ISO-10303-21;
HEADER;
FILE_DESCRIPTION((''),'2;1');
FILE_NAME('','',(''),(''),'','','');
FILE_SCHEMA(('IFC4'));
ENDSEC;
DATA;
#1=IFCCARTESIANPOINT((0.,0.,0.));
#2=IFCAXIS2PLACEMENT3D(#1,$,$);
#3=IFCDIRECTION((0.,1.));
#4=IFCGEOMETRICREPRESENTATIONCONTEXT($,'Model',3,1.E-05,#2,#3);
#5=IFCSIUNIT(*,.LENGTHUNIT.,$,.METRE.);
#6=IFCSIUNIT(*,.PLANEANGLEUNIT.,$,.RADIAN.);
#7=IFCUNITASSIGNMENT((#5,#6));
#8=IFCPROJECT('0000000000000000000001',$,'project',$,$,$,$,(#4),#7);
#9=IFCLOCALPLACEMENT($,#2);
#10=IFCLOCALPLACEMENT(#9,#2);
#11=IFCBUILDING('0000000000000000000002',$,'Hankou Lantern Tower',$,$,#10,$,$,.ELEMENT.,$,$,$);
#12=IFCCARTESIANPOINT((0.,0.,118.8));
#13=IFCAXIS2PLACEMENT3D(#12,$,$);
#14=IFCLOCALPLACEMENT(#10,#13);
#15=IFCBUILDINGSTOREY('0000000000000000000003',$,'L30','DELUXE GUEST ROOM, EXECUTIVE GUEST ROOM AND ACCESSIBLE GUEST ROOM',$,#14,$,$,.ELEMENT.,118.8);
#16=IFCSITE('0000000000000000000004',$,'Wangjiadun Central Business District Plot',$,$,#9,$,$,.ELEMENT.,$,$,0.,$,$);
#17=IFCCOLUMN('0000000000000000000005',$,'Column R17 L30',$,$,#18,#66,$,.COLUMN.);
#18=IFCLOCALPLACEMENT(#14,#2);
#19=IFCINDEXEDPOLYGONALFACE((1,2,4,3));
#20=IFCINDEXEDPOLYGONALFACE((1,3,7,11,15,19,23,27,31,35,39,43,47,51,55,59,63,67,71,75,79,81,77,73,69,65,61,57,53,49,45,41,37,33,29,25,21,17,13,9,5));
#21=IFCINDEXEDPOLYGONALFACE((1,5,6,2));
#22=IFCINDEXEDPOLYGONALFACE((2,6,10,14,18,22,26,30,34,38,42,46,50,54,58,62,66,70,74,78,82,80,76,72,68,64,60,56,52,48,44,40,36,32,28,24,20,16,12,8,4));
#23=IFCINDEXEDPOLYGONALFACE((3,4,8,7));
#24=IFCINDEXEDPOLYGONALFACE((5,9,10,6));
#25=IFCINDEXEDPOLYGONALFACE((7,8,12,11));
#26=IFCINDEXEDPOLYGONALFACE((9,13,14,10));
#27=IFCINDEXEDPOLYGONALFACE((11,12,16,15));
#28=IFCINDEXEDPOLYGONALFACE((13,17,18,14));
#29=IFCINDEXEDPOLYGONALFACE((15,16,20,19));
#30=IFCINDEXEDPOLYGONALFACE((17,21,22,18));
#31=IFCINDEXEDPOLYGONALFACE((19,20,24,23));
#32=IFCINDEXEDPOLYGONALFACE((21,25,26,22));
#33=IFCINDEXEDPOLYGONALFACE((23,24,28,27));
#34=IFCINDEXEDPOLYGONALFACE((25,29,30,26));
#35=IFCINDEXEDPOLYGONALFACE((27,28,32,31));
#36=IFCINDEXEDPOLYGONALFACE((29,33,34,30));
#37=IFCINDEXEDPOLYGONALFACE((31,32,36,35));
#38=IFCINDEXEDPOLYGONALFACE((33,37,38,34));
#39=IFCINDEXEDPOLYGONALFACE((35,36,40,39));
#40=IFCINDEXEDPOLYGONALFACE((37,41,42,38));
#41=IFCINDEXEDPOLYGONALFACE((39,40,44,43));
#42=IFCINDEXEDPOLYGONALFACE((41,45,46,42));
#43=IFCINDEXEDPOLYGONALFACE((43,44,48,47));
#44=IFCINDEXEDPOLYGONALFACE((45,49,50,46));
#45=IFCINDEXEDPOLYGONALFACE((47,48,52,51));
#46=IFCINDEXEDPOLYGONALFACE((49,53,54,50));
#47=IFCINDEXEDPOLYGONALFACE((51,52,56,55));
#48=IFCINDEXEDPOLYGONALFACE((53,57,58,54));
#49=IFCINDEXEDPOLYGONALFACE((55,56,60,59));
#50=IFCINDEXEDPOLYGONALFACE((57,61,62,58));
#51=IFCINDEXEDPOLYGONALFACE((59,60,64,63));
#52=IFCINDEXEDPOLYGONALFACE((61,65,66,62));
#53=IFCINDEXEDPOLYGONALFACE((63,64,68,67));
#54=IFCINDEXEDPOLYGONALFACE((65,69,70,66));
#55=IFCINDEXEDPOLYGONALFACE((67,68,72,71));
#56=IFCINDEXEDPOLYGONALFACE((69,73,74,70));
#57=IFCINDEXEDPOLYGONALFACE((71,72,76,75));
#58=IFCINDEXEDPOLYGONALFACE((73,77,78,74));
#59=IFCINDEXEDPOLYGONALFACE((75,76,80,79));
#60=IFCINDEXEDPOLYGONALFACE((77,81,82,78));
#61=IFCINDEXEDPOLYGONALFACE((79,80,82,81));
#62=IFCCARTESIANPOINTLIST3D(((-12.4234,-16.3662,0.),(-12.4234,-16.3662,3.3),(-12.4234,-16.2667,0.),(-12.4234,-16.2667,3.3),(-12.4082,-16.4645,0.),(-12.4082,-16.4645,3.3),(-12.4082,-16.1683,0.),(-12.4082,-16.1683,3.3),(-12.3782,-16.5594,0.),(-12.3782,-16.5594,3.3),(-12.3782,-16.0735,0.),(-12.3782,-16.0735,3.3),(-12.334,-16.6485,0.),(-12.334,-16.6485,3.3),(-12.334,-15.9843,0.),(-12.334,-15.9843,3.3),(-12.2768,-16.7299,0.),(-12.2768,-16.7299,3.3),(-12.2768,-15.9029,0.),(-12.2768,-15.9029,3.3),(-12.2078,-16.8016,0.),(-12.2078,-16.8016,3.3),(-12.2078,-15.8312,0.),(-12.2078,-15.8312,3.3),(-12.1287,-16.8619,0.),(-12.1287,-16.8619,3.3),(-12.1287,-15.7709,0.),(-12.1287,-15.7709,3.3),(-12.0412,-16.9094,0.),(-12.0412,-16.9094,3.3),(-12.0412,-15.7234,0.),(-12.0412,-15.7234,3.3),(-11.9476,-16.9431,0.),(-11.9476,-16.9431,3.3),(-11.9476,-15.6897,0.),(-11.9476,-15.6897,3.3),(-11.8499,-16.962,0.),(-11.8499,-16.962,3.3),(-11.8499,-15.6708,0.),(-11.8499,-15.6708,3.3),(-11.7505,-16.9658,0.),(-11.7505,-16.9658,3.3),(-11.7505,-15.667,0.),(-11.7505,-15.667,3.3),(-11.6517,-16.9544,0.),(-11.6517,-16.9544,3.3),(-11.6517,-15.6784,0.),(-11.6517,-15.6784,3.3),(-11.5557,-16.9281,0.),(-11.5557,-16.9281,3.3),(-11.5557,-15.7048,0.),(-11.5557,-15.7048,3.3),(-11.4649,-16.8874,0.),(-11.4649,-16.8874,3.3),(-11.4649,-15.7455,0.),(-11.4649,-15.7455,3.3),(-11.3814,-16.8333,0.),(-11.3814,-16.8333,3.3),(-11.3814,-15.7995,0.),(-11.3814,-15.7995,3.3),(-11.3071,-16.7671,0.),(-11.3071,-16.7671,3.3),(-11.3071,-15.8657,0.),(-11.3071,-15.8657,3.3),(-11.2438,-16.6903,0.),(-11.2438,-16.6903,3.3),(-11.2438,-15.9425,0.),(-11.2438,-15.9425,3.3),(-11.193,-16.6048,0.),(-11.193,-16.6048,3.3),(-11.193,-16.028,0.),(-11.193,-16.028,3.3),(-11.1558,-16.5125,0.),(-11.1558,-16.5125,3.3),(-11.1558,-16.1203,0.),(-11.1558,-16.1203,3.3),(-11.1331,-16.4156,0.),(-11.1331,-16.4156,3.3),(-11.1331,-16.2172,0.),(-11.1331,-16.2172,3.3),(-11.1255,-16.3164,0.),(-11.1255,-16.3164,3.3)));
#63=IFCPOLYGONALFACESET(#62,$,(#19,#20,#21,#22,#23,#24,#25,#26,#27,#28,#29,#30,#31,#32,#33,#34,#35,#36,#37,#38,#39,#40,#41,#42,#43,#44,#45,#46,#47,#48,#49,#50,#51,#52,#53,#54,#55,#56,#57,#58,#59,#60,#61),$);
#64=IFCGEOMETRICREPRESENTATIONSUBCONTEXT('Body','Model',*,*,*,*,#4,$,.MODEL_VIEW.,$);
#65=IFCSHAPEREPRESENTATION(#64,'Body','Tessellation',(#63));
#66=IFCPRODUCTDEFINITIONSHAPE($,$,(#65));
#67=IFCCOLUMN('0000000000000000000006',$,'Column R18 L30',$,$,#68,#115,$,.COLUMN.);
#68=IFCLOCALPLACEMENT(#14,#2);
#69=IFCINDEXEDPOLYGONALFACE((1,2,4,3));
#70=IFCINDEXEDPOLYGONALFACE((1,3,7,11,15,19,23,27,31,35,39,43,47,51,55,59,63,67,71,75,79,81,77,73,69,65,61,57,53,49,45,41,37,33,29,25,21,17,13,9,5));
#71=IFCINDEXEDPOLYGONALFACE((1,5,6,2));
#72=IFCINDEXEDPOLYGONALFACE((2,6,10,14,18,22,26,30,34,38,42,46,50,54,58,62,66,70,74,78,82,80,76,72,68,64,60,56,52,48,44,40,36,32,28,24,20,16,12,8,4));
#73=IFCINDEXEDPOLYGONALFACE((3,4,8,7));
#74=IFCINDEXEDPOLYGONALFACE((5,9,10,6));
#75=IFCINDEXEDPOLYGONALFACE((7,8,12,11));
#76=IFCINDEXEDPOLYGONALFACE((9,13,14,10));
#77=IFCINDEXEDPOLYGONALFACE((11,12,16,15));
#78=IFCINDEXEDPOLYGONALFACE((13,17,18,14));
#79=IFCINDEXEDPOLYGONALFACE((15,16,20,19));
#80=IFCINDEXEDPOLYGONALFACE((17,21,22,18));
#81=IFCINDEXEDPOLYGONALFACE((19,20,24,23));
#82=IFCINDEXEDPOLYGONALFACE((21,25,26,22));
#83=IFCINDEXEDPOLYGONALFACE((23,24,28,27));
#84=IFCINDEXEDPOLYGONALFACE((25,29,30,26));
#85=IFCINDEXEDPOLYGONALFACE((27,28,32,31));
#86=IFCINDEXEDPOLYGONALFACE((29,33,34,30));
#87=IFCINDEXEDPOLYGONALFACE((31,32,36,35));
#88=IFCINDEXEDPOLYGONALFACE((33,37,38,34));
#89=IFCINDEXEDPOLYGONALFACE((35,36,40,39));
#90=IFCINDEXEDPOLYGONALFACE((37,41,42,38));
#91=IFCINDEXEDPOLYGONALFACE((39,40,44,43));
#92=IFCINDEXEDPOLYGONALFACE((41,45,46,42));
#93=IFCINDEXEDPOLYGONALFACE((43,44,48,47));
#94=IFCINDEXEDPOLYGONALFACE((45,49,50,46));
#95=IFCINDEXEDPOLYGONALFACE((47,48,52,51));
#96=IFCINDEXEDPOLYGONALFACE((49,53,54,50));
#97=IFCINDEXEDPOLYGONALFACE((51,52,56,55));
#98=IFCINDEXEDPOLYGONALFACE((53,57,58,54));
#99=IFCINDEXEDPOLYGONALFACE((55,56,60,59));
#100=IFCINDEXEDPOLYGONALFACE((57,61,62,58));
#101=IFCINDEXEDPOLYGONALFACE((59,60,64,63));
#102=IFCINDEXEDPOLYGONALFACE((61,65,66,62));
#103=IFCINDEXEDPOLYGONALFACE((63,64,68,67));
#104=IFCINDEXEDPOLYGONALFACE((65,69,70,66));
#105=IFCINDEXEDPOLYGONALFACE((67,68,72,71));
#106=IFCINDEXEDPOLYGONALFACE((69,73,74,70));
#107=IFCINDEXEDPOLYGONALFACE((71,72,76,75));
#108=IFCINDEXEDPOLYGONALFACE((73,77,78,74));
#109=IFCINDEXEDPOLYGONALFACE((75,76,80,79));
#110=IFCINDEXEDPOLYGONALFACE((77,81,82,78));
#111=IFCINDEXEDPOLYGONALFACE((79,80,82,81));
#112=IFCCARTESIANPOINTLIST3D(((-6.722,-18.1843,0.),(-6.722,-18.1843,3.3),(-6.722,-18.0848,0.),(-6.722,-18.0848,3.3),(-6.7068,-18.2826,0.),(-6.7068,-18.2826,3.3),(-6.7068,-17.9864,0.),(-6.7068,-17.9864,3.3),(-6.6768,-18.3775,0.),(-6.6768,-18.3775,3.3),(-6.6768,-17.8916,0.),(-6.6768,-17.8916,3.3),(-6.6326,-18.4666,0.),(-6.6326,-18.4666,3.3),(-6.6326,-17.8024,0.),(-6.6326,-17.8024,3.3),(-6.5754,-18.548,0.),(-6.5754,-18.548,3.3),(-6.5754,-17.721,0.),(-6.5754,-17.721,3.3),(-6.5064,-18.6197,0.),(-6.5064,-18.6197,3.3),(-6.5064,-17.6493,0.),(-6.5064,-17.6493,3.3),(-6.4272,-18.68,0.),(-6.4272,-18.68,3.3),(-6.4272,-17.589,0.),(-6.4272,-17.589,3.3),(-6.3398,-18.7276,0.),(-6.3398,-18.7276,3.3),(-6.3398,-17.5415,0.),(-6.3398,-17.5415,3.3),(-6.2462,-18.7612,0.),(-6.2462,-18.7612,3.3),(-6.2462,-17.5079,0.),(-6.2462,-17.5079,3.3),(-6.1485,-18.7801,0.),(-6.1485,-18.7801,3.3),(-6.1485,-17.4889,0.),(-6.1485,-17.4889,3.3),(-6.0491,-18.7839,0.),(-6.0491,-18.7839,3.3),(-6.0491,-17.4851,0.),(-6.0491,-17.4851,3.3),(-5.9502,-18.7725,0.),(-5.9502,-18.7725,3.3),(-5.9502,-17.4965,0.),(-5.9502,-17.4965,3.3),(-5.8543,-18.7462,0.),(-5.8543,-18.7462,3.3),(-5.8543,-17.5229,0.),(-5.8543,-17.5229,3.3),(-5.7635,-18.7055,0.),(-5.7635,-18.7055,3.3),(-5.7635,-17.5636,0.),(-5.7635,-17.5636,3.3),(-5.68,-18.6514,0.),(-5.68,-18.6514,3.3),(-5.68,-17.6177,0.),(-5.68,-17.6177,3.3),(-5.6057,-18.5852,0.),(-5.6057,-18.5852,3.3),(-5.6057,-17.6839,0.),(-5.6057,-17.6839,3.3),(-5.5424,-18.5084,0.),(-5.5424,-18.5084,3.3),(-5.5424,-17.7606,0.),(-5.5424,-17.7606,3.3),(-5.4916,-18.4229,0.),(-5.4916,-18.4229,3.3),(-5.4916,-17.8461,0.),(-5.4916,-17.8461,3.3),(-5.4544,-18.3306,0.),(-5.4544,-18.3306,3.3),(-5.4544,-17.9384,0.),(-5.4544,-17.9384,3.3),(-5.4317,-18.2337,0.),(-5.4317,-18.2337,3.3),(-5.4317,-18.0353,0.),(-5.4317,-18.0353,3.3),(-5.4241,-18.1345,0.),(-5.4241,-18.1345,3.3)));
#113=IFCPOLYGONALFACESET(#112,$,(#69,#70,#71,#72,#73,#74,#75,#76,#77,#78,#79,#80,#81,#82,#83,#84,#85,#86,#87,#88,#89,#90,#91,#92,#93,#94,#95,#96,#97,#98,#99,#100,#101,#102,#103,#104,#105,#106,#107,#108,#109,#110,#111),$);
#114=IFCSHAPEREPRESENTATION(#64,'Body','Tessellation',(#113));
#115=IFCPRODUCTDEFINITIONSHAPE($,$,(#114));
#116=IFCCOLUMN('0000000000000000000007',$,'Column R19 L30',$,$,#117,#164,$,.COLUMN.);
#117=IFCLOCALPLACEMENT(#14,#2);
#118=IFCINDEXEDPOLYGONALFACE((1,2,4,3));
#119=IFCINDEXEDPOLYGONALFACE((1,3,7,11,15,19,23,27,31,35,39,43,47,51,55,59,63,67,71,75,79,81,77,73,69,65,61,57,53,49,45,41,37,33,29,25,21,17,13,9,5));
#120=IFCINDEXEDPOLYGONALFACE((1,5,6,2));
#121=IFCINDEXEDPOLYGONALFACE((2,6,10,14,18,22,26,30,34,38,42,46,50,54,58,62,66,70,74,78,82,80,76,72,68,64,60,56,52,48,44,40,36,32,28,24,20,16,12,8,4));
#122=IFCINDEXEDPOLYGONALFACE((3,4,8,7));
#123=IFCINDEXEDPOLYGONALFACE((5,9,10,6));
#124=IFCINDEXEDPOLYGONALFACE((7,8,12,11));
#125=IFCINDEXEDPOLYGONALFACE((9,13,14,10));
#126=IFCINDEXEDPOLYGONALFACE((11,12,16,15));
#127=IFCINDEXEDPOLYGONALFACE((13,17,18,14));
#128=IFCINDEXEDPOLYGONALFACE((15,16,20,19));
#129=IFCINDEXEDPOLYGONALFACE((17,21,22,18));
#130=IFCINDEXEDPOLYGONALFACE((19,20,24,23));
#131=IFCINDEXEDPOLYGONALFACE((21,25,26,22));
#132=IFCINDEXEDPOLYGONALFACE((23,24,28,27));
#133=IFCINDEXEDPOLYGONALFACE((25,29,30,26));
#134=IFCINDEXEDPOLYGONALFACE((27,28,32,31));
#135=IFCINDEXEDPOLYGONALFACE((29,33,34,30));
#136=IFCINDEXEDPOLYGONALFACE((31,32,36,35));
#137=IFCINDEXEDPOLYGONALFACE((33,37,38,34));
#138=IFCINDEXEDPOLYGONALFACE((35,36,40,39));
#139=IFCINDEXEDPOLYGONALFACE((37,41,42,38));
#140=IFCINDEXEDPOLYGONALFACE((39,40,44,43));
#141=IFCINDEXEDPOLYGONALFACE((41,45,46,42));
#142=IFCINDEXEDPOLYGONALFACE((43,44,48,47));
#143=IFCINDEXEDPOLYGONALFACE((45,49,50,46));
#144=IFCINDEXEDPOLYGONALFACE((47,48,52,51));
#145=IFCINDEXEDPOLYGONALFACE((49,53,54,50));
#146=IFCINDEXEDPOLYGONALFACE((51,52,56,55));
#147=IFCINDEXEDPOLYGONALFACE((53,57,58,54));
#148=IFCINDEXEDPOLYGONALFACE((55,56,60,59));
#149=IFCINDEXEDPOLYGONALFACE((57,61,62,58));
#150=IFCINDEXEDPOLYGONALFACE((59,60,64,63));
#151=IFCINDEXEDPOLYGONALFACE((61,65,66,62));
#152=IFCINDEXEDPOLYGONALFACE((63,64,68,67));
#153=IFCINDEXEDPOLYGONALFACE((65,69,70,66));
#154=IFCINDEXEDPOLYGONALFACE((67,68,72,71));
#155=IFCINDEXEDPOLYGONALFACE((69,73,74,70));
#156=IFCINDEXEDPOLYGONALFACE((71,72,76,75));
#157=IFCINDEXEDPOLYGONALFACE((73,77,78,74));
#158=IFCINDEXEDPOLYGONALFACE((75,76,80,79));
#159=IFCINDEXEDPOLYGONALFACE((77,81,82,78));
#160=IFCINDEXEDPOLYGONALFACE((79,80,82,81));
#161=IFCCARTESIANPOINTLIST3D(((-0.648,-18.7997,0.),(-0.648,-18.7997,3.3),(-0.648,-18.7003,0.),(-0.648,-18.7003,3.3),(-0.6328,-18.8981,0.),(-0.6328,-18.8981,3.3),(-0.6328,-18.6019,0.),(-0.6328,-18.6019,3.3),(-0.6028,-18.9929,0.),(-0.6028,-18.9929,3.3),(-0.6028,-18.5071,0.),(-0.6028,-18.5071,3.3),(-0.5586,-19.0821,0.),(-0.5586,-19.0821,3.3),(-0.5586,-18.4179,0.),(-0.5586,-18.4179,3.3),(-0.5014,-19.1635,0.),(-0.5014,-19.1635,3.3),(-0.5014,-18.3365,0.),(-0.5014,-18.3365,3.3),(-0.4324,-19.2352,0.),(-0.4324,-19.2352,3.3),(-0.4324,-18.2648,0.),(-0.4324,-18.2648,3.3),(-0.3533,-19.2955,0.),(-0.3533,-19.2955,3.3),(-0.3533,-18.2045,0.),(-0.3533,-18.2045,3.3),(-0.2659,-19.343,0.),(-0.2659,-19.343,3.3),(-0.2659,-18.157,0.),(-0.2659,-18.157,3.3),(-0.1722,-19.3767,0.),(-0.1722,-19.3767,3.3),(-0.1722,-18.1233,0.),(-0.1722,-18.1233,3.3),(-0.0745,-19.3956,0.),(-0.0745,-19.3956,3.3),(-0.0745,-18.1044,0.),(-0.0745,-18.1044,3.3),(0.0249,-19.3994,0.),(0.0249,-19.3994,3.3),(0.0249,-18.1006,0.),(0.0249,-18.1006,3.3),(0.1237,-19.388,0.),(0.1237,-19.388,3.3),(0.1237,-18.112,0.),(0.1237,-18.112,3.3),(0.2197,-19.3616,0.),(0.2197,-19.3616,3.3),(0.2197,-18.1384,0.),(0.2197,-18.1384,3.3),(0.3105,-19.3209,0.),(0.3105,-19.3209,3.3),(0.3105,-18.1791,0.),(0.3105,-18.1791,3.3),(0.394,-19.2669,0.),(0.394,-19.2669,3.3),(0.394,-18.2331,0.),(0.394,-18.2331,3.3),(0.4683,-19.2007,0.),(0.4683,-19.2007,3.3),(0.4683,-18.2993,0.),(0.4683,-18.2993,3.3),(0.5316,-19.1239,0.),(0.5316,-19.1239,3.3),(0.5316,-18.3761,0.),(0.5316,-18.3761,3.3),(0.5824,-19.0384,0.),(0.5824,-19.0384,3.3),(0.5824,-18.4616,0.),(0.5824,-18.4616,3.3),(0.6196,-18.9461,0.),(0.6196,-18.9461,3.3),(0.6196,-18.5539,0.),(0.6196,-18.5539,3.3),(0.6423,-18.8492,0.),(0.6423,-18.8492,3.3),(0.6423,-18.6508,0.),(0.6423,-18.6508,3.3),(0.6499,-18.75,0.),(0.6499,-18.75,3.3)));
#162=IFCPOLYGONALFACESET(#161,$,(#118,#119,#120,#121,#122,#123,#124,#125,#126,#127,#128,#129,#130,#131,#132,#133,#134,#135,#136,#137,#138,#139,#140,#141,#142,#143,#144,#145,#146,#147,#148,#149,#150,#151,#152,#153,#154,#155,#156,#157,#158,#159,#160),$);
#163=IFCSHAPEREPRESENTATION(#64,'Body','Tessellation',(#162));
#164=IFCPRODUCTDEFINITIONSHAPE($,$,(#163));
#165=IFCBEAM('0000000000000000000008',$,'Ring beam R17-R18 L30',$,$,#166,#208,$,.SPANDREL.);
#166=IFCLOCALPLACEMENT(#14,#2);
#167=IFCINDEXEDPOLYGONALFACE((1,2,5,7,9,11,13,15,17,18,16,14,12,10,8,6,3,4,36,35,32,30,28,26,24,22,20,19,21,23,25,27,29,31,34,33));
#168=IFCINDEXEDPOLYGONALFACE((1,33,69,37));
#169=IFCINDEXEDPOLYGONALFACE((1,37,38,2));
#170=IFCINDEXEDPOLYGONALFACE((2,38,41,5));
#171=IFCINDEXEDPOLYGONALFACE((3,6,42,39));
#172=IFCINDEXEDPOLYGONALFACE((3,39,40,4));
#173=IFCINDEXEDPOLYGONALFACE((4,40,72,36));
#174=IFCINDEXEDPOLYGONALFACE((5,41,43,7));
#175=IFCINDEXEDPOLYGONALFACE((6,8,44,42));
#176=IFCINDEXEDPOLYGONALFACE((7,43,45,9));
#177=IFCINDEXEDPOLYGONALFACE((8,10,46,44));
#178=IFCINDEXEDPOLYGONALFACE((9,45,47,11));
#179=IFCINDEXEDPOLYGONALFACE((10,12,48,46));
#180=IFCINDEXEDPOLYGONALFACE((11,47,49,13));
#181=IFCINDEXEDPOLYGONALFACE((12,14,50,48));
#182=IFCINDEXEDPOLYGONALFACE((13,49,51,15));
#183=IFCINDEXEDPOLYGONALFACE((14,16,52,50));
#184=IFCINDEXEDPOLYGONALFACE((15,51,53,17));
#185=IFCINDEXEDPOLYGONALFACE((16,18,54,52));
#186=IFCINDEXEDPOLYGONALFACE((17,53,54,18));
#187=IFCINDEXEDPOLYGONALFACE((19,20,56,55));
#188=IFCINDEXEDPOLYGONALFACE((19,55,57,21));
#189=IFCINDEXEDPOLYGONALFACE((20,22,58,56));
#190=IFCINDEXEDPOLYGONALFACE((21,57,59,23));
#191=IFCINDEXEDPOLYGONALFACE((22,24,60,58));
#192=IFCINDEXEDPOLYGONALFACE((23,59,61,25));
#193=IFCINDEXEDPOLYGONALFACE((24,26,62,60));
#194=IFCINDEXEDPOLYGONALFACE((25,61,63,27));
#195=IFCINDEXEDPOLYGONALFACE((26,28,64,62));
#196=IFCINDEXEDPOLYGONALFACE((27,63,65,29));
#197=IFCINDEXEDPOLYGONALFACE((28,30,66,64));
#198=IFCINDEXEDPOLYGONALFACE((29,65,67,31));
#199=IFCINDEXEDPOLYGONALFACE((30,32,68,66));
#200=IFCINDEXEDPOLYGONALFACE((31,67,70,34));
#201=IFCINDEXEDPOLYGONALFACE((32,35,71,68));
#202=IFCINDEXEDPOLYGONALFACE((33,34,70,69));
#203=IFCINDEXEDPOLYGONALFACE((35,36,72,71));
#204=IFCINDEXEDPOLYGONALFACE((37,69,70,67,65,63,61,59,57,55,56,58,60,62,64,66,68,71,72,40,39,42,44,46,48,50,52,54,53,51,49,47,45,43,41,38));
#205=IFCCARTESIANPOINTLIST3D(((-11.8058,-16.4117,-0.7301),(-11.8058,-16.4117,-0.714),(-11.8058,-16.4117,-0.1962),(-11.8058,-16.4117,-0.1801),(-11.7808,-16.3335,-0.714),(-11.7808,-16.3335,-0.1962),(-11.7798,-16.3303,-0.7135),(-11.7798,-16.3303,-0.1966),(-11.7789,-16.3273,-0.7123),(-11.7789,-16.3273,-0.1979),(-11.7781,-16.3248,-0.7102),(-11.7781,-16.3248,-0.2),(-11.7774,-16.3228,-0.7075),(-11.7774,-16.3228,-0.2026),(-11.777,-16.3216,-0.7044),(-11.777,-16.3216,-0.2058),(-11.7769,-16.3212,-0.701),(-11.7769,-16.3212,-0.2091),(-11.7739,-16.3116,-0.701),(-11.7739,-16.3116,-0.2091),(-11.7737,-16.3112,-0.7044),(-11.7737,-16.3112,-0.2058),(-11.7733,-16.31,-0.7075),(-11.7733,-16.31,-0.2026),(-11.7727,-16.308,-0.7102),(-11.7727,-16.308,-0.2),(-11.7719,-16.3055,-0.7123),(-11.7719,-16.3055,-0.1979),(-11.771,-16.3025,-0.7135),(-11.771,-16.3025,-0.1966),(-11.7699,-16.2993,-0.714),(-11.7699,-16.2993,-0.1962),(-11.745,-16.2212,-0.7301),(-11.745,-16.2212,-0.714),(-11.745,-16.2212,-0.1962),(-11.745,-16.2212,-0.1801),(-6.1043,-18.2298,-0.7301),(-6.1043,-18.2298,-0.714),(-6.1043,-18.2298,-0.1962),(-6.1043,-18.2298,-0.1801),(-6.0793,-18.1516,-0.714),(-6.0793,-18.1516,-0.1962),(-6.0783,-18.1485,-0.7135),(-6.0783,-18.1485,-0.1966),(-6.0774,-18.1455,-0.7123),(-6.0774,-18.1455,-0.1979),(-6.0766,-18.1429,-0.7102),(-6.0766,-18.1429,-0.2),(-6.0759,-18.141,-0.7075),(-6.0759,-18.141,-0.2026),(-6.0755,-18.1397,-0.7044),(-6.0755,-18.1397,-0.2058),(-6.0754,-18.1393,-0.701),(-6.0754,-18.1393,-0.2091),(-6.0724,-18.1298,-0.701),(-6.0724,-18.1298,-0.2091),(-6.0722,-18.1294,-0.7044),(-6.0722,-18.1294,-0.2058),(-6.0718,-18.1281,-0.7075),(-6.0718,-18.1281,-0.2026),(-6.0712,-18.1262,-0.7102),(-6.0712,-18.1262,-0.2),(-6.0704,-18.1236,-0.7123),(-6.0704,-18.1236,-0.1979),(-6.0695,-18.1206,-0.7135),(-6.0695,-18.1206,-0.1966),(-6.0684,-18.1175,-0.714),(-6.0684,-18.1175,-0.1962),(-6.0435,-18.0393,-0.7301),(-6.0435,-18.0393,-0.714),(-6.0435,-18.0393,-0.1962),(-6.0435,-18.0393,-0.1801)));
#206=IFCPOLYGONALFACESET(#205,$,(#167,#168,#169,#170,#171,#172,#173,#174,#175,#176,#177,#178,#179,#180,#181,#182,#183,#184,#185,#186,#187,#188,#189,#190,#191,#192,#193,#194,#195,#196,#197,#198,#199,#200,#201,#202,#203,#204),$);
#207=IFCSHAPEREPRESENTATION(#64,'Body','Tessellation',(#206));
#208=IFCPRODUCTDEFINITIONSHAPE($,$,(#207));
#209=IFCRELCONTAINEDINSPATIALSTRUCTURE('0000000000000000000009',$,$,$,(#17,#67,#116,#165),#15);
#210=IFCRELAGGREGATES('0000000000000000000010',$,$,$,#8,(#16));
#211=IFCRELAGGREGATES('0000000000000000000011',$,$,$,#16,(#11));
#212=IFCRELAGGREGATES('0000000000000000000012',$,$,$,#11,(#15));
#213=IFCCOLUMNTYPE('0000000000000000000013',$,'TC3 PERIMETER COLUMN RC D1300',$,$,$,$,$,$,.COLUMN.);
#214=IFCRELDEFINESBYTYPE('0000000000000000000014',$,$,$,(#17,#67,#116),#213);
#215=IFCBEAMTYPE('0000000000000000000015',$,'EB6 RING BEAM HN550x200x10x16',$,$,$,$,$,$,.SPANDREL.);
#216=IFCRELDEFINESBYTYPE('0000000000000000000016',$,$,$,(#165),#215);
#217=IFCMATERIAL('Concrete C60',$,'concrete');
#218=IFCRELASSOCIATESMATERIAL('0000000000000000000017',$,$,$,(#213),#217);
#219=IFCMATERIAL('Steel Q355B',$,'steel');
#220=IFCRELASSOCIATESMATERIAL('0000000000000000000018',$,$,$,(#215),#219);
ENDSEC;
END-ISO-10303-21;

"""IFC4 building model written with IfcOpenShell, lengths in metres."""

from ifc_helpers import new_model, si_unit, direction, frame, origin, origin_2d, place, context, subcontext, project, spatial, circle, i_section, extrude, material, material_profile, profile_set, type_object, element, save


model = new_model("IFC4")

# Units and contexts
model_context = context("Model", 3, precision=1e-05, world=origin(), true_north=direction((0.0, 1.0)))
body_context = subcontext(model_context, "Body", "Model", "MODEL_VIEW")
ifc_project = project(units=[si_unit("LENGTHUNIT", "METRE"), si_unit("PLANEANGLEUNIT", "RADIAN")], contexts=[model_context])

# Site, building, storey
site_placement = place(None, origin())
site = spatial("IfcSite", under=ifc_project, at=site_placement, Name="Wangjiadun Central Business District Plot", CompositionType="ELEMENT", RefElevation=0.0)
building_placement = place(site_placement, origin())
building = spatial("IfcBuilding", under=site, at=building_placement, Name="Hankou Lantern Tower", CompositionType="ELEMENT")
storey_placement = place(building_placement, frame((0.0, 0.0, 118.8)))
storey = spatial("IfcBuildingStorey", under=building, at=storey_placement, Name="L30", Description="DELUXE GUEST ROOM, EXECUTIVE GUEST ROOM AND ACCESSIBLE GUEST ROOM", CompositionType="ELEMENT", Elevation=118.8)

# Columns
ifc_material_1 = material(Name="Concrete C60", Category="concrete")
ifc_material_profile_1 = material_profile(ifc_material_1, circle(Radius=0.6499, at=origin_2d()), Name="RC D1300")
ifc_profile_set_1 = profile_set([ifc_material_profile_1], Name="Concrete C60")
column_type = type_object("IfcColumnType", Name="TC3 PERIMETER COLUMN RC D1300", PredefinedType="COLUMN", material=ifc_profile_set_1)
for number, where, z_axis, x_axis, name in (
    (1, (-11.7754, -16.3164, 0.0), (0.0, 0.0, 1.0), (1.0, 0.0, 0.0), "Column R17 L30"),
    (2, (-6.074, -18.1345, 0.0), (0.0, 0.0, 1.0), (1.0, 0.0, 0.0), "Column R18 L30"),
    (3, (0.0, -18.75, 0.0), (0.0, 0.0, 1.0), (1.0, 0.0, 0.0), "Column R19 L30"),
):
    element("IfcColumn", number, at=place(storey_placement, frame(where, z_axis=z_axis, x_axis=x_axis)), inside=storey, type_object=column_type, Name=name, PredefinedType="COLUMN", context=body_context, shape_type="SweptSolid", body=[
        extrude(circle(Radius=0.6499, at=origin_2d()), origin(), (0.0, 0.0, 1.0), 3.3),
    ])

# Beam
ifc_material_2 = material(Name="Steel Q355B", Category="steel")
ifc_material_profile_2 = material_profile(ifc_material_2, i_section(OverallWidth=0.2, OverallDepth=0.55, WebThickness=0.01, FlangeThickness=0.0161, FilletRadius=0.0129, at=origin_2d()), Name="HN550x200x10x16")
ifc_profile_set_2 = profile_set([ifc_material_profile_2], Name="Steel Q355B")
beam_type_1 = type_object("IfcBeamType", Name="EB6 RING BEAM HN550x200x10x16", PredefinedType="SPANDREL", material=ifc_profile_set_2)
beam_1_placement = place(storey_placement, frame((-11.7754, -16.3164, -0.4551), z_axis=(0.952731, -0.303815, 0.0), x_axis=(0.303815, 0.952731, 0.0)))
element("IfcBeam", 4, at=beam_1_placement, inside=storey, type_object=beam_type_1, Name="Ring beam R17-R18 L30", PredefinedType="SPANDREL", context=body_context, shape_type="SweptSolid", body=[
    extrude(i_section(OverallWidth=0.2, OverallDepth=0.55, WebThickness=0.01, FlangeThickness=0.0161, FilletRadius=0.0129, at=origin_2d()), origin(), (0.0, 0.0, 1.0), 5.9844),
])

save(model, "model.ifc")
